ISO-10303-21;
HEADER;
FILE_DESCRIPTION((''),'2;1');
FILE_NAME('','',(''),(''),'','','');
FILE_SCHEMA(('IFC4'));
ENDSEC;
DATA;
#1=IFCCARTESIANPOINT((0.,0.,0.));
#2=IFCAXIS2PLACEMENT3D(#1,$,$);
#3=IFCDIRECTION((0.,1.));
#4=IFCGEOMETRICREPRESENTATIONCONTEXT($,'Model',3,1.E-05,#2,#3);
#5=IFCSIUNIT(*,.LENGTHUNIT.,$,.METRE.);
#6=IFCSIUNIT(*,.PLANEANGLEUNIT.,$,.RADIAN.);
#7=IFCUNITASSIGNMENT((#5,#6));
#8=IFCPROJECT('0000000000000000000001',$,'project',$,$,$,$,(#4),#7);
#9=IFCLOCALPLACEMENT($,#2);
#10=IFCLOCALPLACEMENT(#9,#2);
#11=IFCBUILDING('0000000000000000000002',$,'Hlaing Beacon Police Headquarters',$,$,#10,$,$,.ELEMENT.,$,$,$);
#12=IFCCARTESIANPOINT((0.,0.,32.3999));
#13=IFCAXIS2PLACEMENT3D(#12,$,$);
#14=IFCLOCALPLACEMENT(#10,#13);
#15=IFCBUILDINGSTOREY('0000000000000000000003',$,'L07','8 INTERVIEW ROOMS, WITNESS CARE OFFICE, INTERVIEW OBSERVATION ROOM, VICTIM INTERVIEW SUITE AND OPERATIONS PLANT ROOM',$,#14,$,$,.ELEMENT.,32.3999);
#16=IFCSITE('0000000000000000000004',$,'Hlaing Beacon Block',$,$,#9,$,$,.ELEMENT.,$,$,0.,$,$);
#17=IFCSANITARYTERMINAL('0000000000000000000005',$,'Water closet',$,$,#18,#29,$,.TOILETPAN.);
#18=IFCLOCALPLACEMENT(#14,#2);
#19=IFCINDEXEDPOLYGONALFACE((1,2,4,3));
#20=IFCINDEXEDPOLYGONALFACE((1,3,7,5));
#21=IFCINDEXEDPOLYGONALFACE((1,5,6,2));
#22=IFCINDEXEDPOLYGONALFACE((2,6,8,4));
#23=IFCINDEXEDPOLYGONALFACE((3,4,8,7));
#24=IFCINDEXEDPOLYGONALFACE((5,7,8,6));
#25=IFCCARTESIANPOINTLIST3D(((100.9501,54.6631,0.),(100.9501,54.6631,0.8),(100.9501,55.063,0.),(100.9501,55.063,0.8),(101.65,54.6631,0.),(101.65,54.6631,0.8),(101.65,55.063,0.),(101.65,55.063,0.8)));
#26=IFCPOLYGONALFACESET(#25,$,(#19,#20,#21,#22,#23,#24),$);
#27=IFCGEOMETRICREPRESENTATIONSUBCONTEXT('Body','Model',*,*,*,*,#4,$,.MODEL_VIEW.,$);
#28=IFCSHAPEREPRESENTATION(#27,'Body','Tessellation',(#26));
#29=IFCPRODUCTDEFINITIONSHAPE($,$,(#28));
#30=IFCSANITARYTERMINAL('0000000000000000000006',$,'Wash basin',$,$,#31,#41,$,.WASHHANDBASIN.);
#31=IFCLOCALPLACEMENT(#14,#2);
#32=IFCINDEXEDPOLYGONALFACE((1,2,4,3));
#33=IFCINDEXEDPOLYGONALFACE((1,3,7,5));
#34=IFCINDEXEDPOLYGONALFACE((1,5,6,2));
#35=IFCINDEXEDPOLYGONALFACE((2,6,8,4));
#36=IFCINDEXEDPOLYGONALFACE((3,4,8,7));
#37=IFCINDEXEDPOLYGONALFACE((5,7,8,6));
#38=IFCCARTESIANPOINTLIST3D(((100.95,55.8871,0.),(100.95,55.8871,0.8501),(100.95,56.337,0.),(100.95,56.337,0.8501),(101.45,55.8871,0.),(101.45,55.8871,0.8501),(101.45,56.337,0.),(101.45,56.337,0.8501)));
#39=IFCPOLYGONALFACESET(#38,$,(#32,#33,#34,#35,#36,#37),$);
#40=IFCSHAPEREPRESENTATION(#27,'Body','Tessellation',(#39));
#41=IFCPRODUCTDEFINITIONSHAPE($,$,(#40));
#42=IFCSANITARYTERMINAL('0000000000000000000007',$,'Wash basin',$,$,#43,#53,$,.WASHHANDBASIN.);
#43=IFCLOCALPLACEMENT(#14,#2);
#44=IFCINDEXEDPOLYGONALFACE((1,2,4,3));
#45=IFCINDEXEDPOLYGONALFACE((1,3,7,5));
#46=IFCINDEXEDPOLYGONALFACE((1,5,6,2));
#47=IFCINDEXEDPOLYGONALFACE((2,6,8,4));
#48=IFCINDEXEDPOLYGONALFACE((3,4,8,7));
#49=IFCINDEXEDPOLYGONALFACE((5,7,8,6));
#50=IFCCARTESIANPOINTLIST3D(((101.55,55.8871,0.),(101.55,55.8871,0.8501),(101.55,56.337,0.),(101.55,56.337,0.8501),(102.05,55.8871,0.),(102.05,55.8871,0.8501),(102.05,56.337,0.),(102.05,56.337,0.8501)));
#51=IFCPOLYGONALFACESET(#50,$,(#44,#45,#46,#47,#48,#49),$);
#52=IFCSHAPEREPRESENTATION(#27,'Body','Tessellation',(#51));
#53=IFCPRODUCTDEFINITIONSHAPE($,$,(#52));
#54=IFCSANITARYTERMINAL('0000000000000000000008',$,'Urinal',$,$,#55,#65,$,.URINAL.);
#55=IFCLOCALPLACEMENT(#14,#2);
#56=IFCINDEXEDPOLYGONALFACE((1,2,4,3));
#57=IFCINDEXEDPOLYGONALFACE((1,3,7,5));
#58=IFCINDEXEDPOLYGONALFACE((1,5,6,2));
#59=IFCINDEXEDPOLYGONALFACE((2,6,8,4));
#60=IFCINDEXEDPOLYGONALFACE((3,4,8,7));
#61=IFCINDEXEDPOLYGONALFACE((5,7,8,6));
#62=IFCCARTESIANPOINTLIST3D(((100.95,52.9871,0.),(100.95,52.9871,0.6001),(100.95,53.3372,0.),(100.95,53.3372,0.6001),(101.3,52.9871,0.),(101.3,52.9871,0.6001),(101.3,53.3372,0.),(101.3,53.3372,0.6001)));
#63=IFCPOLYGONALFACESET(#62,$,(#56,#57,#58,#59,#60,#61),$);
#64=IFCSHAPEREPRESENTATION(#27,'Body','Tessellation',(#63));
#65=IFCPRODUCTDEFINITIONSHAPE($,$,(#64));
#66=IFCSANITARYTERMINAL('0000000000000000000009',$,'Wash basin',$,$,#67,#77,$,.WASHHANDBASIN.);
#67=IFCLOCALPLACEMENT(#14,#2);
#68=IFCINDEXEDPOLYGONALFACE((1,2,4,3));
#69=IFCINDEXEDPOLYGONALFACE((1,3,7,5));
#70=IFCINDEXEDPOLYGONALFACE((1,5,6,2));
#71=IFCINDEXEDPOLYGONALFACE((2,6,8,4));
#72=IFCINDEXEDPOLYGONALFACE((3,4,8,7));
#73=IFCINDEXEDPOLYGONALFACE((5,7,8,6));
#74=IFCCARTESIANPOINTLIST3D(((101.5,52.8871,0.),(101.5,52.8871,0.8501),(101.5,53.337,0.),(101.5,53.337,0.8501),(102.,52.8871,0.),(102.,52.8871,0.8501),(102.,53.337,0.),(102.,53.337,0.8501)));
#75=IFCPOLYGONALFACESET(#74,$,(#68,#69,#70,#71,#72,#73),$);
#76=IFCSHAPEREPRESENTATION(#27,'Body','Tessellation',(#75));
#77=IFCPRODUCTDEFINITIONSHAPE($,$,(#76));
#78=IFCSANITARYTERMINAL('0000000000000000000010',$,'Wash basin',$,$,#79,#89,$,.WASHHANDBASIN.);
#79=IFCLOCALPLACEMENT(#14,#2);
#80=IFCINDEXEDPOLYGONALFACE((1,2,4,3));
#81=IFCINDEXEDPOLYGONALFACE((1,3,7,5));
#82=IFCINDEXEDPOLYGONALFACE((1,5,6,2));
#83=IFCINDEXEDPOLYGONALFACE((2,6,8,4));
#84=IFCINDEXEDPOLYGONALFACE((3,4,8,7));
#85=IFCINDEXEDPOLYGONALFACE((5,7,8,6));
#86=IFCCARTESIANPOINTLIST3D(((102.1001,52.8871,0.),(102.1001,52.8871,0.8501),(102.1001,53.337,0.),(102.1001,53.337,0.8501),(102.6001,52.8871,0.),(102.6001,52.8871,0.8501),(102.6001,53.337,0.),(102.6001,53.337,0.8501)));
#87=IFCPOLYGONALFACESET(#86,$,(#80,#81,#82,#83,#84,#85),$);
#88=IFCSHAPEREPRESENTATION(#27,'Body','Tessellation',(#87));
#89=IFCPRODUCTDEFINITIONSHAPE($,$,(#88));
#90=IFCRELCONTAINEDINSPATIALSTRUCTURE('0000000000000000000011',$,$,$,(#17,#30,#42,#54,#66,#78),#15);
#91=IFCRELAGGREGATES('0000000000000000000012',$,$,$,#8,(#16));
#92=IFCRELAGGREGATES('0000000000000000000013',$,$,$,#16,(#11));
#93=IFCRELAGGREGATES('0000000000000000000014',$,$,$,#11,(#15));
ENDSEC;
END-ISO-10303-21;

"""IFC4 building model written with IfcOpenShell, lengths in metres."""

from ifc_helpers import new_model, si_unit, direction, frame, origin, origin_2d, place, context, subcontext, project, spatial, rectangle, extrude, element, save


model = new_model("IFC4")

# Units and contexts
model_context = context("Model", 3, precision=1e-05, world=origin(), true_north=direction((0.0, 1.0)))
body_context = subcontext(model_context, "Body", "Model", "MODEL_VIEW")
ifc_project = project(units=[si_unit("LENGTHUNIT", "METRE"), si_unit("PLANEANGLEUNIT", "RADIAN")], contexts=[model_context])

# Site, building, storey
site_placement = place(None, origin())
site = spatial("IfcSite", under=ifc_project, at=site_placement, Name="Hlaing Beacon Block", CompositionType="ELEMENT", RefElevation=0.0)
building_placement = place(site_placement, origin())
building = spatial("IfcBuilding", under=site, at=building_placement, Name="Hlaing Beacon Police Headquarters", CompositionType="ELEMENT")
storey_placement = place(building_placement, frame((0.0, 0.0, 32.3999)))
storey = spatial("IfcBuildingStorey", under=building, at=storey_placement, Name="L07", Description="8 INTERVIEW ROOMS, WITNESS CARE OFFICE, INTERVIEW OBSERVATION ROOM, VICTIM INTERVIEW SUITE AND OPERATIONS PLANT ROOM", CompositionType="ELEMENT", Elevation=32.3999)

# Sanitary terminals
for number, where, z_axis, x_axis, name in (
    (1, (101.3, 54.863, 0.0), (0.0, 0.0, 1.0), (1.0, 0.0, 0.0), "Water closet"),
):
    element("IfcSanitaryTerminal", number, at=place(storey_placement, frame(where, z_axis=z_axis, x_axis=x_axis)), inside=storey, Name=name, PredefinedType="TOILETPAN", context=body_context, shape_type="SweptSolid", body=[
        extrude(rectangle(XDim=0.7, YDim=0.3999, at=origin_2d()), origin(), (0.0, 0.0, 1.0), 0.8),
    ])
for number, where, z_axis, x_axis, name in (
    (2, (101.2, 56.1121, 0.0), (0.0, 0.0, 1.0), (1.0, 0.0, 0.0), "Wash basin"),
    (3, (101.8, 56.1121, 0.0), (0.0, 0.0, 1.0), (1.0, 0.0, 0.0), "Wash basin"),
):
    element("IfcSanitaryTerminal", number, at=place(storey_placement, frame(where, z_axis=z_axis, x_axis=x_axis)), inside=storey, Name=name, PredefinedType="WASHHANDBASIN", context=body_context, shape_type="SweptSolid", body=[
        extrude(rectangle(XDim=0.5, YDim=0.45, at=origin_2d()), origin(), (0.0, 0.0, 1.0), 0.8501),
    ])
sanitary_terminal_placement = place(storey_placement, frame((101.125, 53.1621, 0.0), z_axis=(0.0, 0.0, 1.0), x_axis=(1.0, 0.0, 0.0)))
element("IfcSanitaryTerminal", 4, at=sanitary_terminal_placement, inside=storey, Name="Urinal", PredefinedType="URINAL", context=body_context, shape_type="SweptSolid", body=[
    extrude(rectangle(XDim=0.3501, YDim=0.3501, at=origin_2d()), origin(), (0.0, 0.0, 1.0), 0.6001),
])
for number, where, z_axis, x_axis, name in (
    (5, (101.75, 53.1121, 0.0), (0.0, 0.0, 1.0), (1.0, 0.0, 0.0), "Wash basin"),
    (6, (102.3501, 53.1121, 0.0), (0.0, 0.0, 1.0), (1.0, 0.0, 0.0), "Wash basin"),
):
    element("IfcSanitaryTerminal", number, at=place(storey_placement, frame(where, z_axis=z_axis, x_axis=x_axis)), inside=storey, Name=name, PredefinedType="WASHHANDBASIN", context=body_context, shape_type="SweptSolid", body=[
        extrude(rectangle(XDim=0.5, YDim=0.45, at=origin_2d()), origin(), (0.0, 0.0, 1.0), 0.8501),
    ])

save(model, "model.ifc")
